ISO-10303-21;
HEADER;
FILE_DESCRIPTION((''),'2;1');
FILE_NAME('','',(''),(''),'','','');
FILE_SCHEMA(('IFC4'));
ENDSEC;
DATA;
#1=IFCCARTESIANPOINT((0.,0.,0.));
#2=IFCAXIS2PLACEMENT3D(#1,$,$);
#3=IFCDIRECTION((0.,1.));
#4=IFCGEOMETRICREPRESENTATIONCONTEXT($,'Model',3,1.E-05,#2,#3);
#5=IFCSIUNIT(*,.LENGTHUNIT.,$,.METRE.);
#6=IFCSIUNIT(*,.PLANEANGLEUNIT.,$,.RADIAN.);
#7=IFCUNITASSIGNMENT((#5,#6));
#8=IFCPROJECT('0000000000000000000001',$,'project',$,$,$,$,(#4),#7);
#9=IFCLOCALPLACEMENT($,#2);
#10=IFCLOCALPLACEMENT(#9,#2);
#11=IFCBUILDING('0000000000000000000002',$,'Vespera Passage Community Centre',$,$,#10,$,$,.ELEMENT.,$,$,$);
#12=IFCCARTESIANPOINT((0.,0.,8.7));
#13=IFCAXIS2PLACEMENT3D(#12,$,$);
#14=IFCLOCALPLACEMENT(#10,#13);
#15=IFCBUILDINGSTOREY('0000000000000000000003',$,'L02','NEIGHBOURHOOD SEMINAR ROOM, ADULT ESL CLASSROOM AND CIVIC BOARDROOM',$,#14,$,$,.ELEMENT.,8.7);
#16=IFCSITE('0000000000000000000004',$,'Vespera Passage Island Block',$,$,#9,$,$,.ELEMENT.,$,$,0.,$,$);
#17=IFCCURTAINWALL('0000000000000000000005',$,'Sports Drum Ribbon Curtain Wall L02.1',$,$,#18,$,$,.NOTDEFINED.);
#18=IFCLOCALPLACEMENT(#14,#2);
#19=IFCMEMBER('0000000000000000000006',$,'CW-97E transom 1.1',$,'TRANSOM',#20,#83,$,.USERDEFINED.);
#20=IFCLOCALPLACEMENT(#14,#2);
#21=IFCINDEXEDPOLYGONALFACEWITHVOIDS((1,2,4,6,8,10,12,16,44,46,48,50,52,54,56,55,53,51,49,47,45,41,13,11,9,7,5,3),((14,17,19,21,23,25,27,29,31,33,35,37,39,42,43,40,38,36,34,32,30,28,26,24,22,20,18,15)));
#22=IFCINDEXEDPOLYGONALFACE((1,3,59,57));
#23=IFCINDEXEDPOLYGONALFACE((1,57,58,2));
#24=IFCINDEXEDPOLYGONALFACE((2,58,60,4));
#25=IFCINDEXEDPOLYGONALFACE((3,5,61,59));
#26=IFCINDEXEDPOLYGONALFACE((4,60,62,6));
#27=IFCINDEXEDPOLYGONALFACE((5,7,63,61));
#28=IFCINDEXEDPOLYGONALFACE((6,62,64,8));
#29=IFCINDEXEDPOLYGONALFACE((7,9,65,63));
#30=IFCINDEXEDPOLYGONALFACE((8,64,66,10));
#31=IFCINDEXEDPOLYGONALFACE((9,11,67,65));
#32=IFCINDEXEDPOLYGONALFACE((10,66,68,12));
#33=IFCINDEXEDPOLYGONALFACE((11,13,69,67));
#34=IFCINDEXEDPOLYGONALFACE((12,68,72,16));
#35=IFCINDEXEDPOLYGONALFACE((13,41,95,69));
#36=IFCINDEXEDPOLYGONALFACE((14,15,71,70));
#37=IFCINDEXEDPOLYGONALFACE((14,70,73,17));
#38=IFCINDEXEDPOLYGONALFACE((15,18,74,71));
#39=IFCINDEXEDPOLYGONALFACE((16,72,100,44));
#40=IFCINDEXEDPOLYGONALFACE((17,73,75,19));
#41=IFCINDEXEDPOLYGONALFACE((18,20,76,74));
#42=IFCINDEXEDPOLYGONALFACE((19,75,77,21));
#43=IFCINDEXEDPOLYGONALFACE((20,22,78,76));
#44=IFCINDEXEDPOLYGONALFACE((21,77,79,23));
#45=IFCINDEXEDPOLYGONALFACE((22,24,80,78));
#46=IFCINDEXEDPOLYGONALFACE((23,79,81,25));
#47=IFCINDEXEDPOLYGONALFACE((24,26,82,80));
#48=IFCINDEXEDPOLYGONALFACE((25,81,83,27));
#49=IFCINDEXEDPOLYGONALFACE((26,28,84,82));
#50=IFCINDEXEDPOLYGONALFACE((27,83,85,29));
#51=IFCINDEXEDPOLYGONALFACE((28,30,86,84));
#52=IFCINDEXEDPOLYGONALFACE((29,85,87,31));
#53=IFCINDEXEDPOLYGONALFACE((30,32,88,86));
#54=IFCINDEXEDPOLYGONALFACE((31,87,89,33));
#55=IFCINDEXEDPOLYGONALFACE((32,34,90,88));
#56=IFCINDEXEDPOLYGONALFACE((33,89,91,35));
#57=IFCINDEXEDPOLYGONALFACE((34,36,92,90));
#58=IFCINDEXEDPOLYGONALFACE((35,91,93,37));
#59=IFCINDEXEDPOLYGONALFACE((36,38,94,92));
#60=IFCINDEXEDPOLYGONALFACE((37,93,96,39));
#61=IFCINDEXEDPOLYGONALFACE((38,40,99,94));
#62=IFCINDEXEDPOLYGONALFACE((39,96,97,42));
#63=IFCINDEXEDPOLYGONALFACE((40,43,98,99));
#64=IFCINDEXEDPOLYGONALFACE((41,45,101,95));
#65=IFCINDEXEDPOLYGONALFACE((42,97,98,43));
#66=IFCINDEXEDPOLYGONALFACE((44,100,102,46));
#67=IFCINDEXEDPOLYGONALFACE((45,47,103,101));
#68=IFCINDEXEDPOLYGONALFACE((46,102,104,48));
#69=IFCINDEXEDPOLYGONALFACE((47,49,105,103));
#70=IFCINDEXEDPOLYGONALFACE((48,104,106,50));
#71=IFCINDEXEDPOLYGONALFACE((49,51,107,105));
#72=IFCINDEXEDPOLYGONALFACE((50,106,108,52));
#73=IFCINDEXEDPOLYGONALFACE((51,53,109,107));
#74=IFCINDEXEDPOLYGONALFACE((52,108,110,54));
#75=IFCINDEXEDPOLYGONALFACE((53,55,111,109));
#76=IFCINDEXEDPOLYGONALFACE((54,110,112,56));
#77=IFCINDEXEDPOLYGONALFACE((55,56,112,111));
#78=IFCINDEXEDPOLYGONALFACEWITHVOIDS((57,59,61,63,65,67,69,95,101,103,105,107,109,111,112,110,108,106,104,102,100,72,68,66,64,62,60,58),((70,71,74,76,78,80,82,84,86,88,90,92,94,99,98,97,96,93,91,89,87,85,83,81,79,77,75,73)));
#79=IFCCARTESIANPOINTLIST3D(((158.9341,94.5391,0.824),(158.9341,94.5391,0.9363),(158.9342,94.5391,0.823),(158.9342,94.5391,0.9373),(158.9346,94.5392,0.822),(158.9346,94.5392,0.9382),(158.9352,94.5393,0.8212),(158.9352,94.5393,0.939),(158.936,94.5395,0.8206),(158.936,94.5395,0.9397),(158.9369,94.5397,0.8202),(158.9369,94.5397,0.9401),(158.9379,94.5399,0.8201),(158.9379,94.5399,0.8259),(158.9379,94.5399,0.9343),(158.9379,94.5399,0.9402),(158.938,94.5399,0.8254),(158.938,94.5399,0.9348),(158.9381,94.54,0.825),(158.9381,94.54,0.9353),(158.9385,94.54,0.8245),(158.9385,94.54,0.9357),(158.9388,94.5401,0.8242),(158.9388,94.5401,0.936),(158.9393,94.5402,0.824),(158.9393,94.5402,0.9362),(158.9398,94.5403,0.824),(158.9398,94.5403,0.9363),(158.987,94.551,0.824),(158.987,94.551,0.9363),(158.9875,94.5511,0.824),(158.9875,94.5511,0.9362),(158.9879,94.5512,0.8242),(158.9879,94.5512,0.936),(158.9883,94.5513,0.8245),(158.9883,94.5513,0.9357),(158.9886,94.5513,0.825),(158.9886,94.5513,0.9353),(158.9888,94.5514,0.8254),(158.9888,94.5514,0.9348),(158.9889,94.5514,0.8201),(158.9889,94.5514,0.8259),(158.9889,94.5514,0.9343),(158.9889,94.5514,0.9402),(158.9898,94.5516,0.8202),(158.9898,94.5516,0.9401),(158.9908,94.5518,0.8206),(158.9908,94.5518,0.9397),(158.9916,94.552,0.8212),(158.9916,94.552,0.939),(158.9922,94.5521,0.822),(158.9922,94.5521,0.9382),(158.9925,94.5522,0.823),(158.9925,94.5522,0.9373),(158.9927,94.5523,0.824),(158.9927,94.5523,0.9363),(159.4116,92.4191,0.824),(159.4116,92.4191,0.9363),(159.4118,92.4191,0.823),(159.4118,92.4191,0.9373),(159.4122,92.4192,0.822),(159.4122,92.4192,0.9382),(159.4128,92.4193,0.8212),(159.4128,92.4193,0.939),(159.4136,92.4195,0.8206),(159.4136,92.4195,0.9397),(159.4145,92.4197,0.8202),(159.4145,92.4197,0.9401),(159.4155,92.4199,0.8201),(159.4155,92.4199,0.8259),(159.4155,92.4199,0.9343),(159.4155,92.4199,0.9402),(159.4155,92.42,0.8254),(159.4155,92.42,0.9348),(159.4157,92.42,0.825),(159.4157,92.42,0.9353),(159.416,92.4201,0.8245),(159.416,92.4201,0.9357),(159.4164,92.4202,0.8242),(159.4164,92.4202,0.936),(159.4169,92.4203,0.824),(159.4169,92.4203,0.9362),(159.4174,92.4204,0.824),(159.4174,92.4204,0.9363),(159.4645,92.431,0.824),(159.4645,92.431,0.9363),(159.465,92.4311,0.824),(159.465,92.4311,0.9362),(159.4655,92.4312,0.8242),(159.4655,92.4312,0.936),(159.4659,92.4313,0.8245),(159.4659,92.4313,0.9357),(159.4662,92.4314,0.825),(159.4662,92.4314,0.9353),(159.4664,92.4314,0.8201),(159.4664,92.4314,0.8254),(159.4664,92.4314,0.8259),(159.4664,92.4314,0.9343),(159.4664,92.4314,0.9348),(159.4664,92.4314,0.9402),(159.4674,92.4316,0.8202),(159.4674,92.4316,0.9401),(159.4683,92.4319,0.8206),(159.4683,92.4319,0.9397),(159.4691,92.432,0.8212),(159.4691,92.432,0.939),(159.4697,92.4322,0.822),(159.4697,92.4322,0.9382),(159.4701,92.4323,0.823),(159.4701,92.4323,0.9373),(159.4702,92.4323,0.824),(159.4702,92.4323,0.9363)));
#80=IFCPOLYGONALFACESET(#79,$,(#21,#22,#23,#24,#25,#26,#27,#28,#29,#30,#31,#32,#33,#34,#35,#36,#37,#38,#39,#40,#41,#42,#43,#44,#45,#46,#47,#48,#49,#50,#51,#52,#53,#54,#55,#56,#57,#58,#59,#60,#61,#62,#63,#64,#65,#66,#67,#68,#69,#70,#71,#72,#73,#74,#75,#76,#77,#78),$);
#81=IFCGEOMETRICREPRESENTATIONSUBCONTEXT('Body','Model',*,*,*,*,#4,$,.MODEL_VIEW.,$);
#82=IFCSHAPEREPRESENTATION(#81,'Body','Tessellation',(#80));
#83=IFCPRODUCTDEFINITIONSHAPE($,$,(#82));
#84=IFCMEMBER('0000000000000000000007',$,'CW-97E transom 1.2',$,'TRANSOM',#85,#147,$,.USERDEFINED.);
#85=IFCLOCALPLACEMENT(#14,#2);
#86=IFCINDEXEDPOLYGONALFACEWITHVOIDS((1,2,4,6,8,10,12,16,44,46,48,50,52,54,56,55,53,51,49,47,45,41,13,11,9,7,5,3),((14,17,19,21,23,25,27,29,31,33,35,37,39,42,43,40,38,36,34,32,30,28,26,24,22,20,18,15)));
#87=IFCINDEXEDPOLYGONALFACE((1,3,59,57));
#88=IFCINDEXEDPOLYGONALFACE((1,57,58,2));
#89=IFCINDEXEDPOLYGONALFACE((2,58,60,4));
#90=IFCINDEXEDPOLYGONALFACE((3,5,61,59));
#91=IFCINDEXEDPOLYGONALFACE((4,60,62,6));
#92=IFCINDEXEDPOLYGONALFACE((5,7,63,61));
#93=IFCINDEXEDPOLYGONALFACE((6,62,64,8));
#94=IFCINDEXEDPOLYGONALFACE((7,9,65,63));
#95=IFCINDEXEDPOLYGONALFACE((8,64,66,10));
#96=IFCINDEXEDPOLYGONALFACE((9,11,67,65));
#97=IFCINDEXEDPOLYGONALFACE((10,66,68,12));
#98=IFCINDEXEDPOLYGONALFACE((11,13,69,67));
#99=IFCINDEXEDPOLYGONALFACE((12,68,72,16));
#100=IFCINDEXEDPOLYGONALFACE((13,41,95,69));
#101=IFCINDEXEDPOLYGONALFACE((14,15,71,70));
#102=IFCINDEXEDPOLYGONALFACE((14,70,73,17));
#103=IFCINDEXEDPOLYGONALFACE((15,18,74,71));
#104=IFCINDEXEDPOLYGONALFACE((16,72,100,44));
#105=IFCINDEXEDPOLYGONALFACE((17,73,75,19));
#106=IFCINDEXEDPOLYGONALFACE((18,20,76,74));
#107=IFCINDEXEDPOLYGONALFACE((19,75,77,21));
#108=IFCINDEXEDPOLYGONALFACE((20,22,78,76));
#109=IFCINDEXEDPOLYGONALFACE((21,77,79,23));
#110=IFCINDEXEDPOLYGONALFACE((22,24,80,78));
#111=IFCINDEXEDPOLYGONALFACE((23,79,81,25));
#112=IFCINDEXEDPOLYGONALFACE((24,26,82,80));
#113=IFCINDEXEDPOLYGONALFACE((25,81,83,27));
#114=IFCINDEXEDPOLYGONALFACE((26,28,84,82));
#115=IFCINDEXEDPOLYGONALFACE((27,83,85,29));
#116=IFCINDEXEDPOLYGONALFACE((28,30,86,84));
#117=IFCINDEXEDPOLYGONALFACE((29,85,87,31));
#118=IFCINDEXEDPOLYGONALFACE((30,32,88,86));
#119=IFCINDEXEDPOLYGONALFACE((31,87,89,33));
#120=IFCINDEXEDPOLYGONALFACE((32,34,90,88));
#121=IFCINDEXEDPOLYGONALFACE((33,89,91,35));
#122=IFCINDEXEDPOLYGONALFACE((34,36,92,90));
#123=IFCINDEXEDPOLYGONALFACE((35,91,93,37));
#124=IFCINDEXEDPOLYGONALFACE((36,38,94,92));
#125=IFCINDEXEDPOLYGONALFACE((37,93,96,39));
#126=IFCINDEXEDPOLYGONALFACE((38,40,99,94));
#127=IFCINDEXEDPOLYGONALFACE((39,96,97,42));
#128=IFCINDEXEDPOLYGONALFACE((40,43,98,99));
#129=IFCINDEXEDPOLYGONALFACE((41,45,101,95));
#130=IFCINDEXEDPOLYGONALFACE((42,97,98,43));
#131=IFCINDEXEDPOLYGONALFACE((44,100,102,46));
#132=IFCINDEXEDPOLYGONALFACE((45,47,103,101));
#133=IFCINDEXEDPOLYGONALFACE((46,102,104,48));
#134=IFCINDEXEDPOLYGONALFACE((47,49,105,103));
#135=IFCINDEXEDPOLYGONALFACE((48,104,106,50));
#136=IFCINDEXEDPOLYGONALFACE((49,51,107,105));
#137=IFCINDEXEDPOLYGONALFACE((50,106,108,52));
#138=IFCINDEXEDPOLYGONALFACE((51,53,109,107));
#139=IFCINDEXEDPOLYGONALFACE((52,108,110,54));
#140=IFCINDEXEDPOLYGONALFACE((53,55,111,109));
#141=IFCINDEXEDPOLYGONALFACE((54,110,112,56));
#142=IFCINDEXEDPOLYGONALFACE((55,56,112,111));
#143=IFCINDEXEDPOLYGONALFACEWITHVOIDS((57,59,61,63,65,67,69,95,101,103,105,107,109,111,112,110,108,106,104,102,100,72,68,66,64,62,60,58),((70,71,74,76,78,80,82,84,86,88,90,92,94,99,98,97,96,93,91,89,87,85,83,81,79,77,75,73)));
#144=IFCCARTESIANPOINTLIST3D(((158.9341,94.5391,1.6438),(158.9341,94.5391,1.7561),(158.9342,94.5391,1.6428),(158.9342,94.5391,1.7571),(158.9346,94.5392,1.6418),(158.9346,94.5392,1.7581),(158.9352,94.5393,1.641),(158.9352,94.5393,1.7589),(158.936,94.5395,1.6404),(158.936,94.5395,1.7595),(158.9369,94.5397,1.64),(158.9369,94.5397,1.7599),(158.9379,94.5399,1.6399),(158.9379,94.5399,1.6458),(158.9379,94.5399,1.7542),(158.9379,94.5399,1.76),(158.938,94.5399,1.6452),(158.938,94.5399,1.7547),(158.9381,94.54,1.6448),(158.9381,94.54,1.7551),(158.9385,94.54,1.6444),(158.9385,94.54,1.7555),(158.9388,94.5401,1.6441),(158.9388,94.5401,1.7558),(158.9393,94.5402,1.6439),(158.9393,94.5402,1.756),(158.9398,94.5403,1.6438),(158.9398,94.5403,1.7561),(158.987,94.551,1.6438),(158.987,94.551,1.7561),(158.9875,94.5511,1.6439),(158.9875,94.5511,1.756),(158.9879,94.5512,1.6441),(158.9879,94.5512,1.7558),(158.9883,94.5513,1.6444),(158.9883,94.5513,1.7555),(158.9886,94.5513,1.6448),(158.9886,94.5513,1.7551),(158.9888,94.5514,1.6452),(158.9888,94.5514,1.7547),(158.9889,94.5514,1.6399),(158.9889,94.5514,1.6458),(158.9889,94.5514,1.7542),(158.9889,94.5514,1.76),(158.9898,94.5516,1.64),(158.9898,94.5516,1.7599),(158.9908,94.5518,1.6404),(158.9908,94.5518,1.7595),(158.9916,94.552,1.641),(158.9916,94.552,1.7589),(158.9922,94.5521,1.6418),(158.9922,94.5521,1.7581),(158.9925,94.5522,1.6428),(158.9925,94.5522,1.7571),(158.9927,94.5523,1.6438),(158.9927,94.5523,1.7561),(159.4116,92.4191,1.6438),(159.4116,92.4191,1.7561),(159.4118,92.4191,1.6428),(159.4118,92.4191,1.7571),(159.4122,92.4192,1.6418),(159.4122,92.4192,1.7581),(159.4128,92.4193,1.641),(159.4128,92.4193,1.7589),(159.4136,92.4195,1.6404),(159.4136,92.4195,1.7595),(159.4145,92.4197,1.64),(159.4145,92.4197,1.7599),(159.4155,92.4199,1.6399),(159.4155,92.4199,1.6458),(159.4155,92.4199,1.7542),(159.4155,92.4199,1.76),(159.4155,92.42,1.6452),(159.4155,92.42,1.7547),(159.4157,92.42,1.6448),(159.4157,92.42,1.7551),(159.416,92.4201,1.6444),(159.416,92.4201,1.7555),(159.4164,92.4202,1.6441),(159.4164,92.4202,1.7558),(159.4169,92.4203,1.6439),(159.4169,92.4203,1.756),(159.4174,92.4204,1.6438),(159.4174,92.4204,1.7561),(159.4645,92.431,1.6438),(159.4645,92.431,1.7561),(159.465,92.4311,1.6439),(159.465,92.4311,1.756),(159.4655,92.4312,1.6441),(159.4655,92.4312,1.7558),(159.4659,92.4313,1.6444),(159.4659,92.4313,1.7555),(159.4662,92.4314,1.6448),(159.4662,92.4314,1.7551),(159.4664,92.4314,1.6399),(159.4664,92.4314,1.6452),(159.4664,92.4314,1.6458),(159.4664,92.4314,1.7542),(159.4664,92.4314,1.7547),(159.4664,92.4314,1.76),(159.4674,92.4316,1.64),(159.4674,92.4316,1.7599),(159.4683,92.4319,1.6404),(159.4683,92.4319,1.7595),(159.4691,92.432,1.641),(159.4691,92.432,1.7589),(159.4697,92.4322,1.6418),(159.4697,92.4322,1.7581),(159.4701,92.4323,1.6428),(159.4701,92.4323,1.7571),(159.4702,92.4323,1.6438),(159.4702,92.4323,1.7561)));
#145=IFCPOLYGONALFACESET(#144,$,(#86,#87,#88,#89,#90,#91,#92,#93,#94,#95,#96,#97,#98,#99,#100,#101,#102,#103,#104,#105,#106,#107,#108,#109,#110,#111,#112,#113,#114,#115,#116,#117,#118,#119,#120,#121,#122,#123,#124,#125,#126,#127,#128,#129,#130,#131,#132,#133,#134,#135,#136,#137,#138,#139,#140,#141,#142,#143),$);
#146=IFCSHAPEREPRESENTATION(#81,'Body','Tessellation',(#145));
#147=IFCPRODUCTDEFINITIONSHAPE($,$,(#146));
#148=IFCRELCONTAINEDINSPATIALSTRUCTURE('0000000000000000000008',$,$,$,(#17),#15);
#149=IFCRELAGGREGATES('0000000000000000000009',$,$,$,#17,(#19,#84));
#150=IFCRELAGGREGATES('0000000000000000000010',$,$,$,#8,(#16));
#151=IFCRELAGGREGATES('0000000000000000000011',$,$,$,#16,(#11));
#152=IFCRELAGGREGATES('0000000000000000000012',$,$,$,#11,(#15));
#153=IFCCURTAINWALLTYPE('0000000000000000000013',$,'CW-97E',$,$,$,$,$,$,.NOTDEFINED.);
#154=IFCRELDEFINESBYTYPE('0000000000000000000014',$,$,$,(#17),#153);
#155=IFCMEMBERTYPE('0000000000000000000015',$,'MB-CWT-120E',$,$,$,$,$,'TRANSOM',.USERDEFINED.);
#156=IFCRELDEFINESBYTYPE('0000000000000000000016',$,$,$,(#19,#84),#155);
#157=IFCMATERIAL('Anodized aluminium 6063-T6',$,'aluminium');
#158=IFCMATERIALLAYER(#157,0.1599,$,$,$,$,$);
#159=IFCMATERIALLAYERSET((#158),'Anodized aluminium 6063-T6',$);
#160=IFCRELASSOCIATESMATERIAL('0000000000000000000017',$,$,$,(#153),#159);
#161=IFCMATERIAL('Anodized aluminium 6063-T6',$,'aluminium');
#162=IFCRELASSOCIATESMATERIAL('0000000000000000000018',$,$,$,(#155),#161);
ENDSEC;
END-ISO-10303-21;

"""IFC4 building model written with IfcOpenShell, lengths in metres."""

from ifc_helpers import new_model, si_unit, direction, frame, origin, origin_2d, place, context, subcontext, project, spatial, hollow_rectangle, extrude, material, layer, layer_set, material_profile, profile_set, type_object, element, aggregate, save


model = new_model("IFC4")

# Units and contexts
model_context = context("Model", 3, precision=1e-05, world=origin(), true_north=direction((0.0, 1.0)))
body_context = subcontext(model_context, "Body", "Model", "MODEL_VIEW")
ifc_project = project(units=[si_unit("LENGTHUNIT", "METRE"), si_unit("PLANEANGLEUNIT", "RADIAN")], contexts=[model_context])

# Site, building, storey
site_placement = place(None, origin())
site = spatial("IfcSite", under=ifc_project, at=site_placement, Name="Vespera Passage Island Block", CompositionType="ELEMENT", RefElevation=0.0)
building_placement = place(site_placement, origin())
building = spatial("IfcBuilding", under=site, at=building_placement, Name="Vespera Passage Community Centre", CompositionType="ELEMENT")
storey_placement = place(building_placement, frame((0.0, 0.0, 8.7)))
storey = spatial("IfcBuildingStorey", under=building, at=storey_placement, Name="L02", Description="NEIGHBOURHOOD SEMINAR ROOM, ADULT ESL CLASSROOM AND CIVIC BOARDROOM", CompositionType="ELEMENT", Elevation=8.7)

# Curtain wall
ifc_material_1 = material(Name="Anodized aluminium 6063-T6", Category="aluminium")
ifc_layer_1 = layer(ifc_material_1, 0.1599)
ifc_layer_set_1 = layer_set([ifc_layer_1], Name="Anodized aluminium 6063-T6")
curtain_wall_type_1 = type_object("IfcCurtainWallType", Name="CW-97E", PredefinedType="NOTDEFINED", material=ifc_layer_set_1)
curtain_wall_1_placement = place(storey_placement, origin())
curtain_wall_1 = element("IfcCurtainWall", 1, at=curtain_wall_1_placement, inside=storey, type_object=curtain_wall_type_1, Name="Sports Drum Ribbon Curtain Wall L02.1", PredefinedType="NOTDEFINED")

# Members
ifc_material_2 = material(Name="Anodized aluminium 6063-T6", Category="aluminium")
ifc_material_profile_1 = material_profile(ifc_material_2, hollow_rectangle(XDim=0.0601, YDim=0.1201, WallThickness=0.0039, InnerFilletRadius=0.002, OuterFilletRadius=0.0039, at=origin_2d()), Name="ALU120X60X4")
ifc_profile_set_1 = profile_set([ifc_material_profile_1], Name="Anodized aluminium 6063-T6")
member_type_1 = type_object("IfcMemberType", Name="MB-CWT-120E", ElementType="TRANSOM", PredefinedType="USERDEFINED", material=ifc_profile_set_1)
member_1_placement = place(storey_placement, frame((158.9634, 94.5457, 0.8801), z_axis=(0.219761, -0.975554, 0.0), x_axis=(0.975554, 0.219761, 0.0)))
member_1 = element("IfcMember", 2, at=member_1_placement, type_object=member_type_1, Name="CW-97E transom 1.1", ObjectType="TRANSOM", PredefinedType="USERDEFINED", context=body_context, shape_type="SweptSolid", body=[
    extrude(hollow_rectangle(XDim=0.0601, YDim=0.1201, WallThickness=0.0039, InnerFilletRadius=0.002, OuterFilletRadius=0.0039, at=origin_2d()), origin(), (0.0, 0.0, 1.0), 2.1731),
])
member_2_placement = place(storey_placement, frame((158.9634, 94.5457, 1.7), z_axis=(0.219761, -0.975554, 0.0), x_axis=(0.975554, 0.219761, 0.0)))
member_2 = element("IfcMember", 3, at=member_2_placement, type_object=member_type_1, Name="CW-97E transom 1.2", ObjectType="TRANSOM", PredefinedType="USERDEFINED", context=body_context, shape_type="SweptSolid", body=[
    extrude(hollow_rectangle(XDim=0.0601, YDim=0.1201, WallThickness=0.0039, InnerFilletRadius=0.002, OuterFilletRadius=0.0039, at=origin_2d()), origin(), (0.0, 0.0, 1.0), 2.1731),
])

aggregate(curtain_wall_1, [member_1, member_2])

save(model, "model.ifc")
